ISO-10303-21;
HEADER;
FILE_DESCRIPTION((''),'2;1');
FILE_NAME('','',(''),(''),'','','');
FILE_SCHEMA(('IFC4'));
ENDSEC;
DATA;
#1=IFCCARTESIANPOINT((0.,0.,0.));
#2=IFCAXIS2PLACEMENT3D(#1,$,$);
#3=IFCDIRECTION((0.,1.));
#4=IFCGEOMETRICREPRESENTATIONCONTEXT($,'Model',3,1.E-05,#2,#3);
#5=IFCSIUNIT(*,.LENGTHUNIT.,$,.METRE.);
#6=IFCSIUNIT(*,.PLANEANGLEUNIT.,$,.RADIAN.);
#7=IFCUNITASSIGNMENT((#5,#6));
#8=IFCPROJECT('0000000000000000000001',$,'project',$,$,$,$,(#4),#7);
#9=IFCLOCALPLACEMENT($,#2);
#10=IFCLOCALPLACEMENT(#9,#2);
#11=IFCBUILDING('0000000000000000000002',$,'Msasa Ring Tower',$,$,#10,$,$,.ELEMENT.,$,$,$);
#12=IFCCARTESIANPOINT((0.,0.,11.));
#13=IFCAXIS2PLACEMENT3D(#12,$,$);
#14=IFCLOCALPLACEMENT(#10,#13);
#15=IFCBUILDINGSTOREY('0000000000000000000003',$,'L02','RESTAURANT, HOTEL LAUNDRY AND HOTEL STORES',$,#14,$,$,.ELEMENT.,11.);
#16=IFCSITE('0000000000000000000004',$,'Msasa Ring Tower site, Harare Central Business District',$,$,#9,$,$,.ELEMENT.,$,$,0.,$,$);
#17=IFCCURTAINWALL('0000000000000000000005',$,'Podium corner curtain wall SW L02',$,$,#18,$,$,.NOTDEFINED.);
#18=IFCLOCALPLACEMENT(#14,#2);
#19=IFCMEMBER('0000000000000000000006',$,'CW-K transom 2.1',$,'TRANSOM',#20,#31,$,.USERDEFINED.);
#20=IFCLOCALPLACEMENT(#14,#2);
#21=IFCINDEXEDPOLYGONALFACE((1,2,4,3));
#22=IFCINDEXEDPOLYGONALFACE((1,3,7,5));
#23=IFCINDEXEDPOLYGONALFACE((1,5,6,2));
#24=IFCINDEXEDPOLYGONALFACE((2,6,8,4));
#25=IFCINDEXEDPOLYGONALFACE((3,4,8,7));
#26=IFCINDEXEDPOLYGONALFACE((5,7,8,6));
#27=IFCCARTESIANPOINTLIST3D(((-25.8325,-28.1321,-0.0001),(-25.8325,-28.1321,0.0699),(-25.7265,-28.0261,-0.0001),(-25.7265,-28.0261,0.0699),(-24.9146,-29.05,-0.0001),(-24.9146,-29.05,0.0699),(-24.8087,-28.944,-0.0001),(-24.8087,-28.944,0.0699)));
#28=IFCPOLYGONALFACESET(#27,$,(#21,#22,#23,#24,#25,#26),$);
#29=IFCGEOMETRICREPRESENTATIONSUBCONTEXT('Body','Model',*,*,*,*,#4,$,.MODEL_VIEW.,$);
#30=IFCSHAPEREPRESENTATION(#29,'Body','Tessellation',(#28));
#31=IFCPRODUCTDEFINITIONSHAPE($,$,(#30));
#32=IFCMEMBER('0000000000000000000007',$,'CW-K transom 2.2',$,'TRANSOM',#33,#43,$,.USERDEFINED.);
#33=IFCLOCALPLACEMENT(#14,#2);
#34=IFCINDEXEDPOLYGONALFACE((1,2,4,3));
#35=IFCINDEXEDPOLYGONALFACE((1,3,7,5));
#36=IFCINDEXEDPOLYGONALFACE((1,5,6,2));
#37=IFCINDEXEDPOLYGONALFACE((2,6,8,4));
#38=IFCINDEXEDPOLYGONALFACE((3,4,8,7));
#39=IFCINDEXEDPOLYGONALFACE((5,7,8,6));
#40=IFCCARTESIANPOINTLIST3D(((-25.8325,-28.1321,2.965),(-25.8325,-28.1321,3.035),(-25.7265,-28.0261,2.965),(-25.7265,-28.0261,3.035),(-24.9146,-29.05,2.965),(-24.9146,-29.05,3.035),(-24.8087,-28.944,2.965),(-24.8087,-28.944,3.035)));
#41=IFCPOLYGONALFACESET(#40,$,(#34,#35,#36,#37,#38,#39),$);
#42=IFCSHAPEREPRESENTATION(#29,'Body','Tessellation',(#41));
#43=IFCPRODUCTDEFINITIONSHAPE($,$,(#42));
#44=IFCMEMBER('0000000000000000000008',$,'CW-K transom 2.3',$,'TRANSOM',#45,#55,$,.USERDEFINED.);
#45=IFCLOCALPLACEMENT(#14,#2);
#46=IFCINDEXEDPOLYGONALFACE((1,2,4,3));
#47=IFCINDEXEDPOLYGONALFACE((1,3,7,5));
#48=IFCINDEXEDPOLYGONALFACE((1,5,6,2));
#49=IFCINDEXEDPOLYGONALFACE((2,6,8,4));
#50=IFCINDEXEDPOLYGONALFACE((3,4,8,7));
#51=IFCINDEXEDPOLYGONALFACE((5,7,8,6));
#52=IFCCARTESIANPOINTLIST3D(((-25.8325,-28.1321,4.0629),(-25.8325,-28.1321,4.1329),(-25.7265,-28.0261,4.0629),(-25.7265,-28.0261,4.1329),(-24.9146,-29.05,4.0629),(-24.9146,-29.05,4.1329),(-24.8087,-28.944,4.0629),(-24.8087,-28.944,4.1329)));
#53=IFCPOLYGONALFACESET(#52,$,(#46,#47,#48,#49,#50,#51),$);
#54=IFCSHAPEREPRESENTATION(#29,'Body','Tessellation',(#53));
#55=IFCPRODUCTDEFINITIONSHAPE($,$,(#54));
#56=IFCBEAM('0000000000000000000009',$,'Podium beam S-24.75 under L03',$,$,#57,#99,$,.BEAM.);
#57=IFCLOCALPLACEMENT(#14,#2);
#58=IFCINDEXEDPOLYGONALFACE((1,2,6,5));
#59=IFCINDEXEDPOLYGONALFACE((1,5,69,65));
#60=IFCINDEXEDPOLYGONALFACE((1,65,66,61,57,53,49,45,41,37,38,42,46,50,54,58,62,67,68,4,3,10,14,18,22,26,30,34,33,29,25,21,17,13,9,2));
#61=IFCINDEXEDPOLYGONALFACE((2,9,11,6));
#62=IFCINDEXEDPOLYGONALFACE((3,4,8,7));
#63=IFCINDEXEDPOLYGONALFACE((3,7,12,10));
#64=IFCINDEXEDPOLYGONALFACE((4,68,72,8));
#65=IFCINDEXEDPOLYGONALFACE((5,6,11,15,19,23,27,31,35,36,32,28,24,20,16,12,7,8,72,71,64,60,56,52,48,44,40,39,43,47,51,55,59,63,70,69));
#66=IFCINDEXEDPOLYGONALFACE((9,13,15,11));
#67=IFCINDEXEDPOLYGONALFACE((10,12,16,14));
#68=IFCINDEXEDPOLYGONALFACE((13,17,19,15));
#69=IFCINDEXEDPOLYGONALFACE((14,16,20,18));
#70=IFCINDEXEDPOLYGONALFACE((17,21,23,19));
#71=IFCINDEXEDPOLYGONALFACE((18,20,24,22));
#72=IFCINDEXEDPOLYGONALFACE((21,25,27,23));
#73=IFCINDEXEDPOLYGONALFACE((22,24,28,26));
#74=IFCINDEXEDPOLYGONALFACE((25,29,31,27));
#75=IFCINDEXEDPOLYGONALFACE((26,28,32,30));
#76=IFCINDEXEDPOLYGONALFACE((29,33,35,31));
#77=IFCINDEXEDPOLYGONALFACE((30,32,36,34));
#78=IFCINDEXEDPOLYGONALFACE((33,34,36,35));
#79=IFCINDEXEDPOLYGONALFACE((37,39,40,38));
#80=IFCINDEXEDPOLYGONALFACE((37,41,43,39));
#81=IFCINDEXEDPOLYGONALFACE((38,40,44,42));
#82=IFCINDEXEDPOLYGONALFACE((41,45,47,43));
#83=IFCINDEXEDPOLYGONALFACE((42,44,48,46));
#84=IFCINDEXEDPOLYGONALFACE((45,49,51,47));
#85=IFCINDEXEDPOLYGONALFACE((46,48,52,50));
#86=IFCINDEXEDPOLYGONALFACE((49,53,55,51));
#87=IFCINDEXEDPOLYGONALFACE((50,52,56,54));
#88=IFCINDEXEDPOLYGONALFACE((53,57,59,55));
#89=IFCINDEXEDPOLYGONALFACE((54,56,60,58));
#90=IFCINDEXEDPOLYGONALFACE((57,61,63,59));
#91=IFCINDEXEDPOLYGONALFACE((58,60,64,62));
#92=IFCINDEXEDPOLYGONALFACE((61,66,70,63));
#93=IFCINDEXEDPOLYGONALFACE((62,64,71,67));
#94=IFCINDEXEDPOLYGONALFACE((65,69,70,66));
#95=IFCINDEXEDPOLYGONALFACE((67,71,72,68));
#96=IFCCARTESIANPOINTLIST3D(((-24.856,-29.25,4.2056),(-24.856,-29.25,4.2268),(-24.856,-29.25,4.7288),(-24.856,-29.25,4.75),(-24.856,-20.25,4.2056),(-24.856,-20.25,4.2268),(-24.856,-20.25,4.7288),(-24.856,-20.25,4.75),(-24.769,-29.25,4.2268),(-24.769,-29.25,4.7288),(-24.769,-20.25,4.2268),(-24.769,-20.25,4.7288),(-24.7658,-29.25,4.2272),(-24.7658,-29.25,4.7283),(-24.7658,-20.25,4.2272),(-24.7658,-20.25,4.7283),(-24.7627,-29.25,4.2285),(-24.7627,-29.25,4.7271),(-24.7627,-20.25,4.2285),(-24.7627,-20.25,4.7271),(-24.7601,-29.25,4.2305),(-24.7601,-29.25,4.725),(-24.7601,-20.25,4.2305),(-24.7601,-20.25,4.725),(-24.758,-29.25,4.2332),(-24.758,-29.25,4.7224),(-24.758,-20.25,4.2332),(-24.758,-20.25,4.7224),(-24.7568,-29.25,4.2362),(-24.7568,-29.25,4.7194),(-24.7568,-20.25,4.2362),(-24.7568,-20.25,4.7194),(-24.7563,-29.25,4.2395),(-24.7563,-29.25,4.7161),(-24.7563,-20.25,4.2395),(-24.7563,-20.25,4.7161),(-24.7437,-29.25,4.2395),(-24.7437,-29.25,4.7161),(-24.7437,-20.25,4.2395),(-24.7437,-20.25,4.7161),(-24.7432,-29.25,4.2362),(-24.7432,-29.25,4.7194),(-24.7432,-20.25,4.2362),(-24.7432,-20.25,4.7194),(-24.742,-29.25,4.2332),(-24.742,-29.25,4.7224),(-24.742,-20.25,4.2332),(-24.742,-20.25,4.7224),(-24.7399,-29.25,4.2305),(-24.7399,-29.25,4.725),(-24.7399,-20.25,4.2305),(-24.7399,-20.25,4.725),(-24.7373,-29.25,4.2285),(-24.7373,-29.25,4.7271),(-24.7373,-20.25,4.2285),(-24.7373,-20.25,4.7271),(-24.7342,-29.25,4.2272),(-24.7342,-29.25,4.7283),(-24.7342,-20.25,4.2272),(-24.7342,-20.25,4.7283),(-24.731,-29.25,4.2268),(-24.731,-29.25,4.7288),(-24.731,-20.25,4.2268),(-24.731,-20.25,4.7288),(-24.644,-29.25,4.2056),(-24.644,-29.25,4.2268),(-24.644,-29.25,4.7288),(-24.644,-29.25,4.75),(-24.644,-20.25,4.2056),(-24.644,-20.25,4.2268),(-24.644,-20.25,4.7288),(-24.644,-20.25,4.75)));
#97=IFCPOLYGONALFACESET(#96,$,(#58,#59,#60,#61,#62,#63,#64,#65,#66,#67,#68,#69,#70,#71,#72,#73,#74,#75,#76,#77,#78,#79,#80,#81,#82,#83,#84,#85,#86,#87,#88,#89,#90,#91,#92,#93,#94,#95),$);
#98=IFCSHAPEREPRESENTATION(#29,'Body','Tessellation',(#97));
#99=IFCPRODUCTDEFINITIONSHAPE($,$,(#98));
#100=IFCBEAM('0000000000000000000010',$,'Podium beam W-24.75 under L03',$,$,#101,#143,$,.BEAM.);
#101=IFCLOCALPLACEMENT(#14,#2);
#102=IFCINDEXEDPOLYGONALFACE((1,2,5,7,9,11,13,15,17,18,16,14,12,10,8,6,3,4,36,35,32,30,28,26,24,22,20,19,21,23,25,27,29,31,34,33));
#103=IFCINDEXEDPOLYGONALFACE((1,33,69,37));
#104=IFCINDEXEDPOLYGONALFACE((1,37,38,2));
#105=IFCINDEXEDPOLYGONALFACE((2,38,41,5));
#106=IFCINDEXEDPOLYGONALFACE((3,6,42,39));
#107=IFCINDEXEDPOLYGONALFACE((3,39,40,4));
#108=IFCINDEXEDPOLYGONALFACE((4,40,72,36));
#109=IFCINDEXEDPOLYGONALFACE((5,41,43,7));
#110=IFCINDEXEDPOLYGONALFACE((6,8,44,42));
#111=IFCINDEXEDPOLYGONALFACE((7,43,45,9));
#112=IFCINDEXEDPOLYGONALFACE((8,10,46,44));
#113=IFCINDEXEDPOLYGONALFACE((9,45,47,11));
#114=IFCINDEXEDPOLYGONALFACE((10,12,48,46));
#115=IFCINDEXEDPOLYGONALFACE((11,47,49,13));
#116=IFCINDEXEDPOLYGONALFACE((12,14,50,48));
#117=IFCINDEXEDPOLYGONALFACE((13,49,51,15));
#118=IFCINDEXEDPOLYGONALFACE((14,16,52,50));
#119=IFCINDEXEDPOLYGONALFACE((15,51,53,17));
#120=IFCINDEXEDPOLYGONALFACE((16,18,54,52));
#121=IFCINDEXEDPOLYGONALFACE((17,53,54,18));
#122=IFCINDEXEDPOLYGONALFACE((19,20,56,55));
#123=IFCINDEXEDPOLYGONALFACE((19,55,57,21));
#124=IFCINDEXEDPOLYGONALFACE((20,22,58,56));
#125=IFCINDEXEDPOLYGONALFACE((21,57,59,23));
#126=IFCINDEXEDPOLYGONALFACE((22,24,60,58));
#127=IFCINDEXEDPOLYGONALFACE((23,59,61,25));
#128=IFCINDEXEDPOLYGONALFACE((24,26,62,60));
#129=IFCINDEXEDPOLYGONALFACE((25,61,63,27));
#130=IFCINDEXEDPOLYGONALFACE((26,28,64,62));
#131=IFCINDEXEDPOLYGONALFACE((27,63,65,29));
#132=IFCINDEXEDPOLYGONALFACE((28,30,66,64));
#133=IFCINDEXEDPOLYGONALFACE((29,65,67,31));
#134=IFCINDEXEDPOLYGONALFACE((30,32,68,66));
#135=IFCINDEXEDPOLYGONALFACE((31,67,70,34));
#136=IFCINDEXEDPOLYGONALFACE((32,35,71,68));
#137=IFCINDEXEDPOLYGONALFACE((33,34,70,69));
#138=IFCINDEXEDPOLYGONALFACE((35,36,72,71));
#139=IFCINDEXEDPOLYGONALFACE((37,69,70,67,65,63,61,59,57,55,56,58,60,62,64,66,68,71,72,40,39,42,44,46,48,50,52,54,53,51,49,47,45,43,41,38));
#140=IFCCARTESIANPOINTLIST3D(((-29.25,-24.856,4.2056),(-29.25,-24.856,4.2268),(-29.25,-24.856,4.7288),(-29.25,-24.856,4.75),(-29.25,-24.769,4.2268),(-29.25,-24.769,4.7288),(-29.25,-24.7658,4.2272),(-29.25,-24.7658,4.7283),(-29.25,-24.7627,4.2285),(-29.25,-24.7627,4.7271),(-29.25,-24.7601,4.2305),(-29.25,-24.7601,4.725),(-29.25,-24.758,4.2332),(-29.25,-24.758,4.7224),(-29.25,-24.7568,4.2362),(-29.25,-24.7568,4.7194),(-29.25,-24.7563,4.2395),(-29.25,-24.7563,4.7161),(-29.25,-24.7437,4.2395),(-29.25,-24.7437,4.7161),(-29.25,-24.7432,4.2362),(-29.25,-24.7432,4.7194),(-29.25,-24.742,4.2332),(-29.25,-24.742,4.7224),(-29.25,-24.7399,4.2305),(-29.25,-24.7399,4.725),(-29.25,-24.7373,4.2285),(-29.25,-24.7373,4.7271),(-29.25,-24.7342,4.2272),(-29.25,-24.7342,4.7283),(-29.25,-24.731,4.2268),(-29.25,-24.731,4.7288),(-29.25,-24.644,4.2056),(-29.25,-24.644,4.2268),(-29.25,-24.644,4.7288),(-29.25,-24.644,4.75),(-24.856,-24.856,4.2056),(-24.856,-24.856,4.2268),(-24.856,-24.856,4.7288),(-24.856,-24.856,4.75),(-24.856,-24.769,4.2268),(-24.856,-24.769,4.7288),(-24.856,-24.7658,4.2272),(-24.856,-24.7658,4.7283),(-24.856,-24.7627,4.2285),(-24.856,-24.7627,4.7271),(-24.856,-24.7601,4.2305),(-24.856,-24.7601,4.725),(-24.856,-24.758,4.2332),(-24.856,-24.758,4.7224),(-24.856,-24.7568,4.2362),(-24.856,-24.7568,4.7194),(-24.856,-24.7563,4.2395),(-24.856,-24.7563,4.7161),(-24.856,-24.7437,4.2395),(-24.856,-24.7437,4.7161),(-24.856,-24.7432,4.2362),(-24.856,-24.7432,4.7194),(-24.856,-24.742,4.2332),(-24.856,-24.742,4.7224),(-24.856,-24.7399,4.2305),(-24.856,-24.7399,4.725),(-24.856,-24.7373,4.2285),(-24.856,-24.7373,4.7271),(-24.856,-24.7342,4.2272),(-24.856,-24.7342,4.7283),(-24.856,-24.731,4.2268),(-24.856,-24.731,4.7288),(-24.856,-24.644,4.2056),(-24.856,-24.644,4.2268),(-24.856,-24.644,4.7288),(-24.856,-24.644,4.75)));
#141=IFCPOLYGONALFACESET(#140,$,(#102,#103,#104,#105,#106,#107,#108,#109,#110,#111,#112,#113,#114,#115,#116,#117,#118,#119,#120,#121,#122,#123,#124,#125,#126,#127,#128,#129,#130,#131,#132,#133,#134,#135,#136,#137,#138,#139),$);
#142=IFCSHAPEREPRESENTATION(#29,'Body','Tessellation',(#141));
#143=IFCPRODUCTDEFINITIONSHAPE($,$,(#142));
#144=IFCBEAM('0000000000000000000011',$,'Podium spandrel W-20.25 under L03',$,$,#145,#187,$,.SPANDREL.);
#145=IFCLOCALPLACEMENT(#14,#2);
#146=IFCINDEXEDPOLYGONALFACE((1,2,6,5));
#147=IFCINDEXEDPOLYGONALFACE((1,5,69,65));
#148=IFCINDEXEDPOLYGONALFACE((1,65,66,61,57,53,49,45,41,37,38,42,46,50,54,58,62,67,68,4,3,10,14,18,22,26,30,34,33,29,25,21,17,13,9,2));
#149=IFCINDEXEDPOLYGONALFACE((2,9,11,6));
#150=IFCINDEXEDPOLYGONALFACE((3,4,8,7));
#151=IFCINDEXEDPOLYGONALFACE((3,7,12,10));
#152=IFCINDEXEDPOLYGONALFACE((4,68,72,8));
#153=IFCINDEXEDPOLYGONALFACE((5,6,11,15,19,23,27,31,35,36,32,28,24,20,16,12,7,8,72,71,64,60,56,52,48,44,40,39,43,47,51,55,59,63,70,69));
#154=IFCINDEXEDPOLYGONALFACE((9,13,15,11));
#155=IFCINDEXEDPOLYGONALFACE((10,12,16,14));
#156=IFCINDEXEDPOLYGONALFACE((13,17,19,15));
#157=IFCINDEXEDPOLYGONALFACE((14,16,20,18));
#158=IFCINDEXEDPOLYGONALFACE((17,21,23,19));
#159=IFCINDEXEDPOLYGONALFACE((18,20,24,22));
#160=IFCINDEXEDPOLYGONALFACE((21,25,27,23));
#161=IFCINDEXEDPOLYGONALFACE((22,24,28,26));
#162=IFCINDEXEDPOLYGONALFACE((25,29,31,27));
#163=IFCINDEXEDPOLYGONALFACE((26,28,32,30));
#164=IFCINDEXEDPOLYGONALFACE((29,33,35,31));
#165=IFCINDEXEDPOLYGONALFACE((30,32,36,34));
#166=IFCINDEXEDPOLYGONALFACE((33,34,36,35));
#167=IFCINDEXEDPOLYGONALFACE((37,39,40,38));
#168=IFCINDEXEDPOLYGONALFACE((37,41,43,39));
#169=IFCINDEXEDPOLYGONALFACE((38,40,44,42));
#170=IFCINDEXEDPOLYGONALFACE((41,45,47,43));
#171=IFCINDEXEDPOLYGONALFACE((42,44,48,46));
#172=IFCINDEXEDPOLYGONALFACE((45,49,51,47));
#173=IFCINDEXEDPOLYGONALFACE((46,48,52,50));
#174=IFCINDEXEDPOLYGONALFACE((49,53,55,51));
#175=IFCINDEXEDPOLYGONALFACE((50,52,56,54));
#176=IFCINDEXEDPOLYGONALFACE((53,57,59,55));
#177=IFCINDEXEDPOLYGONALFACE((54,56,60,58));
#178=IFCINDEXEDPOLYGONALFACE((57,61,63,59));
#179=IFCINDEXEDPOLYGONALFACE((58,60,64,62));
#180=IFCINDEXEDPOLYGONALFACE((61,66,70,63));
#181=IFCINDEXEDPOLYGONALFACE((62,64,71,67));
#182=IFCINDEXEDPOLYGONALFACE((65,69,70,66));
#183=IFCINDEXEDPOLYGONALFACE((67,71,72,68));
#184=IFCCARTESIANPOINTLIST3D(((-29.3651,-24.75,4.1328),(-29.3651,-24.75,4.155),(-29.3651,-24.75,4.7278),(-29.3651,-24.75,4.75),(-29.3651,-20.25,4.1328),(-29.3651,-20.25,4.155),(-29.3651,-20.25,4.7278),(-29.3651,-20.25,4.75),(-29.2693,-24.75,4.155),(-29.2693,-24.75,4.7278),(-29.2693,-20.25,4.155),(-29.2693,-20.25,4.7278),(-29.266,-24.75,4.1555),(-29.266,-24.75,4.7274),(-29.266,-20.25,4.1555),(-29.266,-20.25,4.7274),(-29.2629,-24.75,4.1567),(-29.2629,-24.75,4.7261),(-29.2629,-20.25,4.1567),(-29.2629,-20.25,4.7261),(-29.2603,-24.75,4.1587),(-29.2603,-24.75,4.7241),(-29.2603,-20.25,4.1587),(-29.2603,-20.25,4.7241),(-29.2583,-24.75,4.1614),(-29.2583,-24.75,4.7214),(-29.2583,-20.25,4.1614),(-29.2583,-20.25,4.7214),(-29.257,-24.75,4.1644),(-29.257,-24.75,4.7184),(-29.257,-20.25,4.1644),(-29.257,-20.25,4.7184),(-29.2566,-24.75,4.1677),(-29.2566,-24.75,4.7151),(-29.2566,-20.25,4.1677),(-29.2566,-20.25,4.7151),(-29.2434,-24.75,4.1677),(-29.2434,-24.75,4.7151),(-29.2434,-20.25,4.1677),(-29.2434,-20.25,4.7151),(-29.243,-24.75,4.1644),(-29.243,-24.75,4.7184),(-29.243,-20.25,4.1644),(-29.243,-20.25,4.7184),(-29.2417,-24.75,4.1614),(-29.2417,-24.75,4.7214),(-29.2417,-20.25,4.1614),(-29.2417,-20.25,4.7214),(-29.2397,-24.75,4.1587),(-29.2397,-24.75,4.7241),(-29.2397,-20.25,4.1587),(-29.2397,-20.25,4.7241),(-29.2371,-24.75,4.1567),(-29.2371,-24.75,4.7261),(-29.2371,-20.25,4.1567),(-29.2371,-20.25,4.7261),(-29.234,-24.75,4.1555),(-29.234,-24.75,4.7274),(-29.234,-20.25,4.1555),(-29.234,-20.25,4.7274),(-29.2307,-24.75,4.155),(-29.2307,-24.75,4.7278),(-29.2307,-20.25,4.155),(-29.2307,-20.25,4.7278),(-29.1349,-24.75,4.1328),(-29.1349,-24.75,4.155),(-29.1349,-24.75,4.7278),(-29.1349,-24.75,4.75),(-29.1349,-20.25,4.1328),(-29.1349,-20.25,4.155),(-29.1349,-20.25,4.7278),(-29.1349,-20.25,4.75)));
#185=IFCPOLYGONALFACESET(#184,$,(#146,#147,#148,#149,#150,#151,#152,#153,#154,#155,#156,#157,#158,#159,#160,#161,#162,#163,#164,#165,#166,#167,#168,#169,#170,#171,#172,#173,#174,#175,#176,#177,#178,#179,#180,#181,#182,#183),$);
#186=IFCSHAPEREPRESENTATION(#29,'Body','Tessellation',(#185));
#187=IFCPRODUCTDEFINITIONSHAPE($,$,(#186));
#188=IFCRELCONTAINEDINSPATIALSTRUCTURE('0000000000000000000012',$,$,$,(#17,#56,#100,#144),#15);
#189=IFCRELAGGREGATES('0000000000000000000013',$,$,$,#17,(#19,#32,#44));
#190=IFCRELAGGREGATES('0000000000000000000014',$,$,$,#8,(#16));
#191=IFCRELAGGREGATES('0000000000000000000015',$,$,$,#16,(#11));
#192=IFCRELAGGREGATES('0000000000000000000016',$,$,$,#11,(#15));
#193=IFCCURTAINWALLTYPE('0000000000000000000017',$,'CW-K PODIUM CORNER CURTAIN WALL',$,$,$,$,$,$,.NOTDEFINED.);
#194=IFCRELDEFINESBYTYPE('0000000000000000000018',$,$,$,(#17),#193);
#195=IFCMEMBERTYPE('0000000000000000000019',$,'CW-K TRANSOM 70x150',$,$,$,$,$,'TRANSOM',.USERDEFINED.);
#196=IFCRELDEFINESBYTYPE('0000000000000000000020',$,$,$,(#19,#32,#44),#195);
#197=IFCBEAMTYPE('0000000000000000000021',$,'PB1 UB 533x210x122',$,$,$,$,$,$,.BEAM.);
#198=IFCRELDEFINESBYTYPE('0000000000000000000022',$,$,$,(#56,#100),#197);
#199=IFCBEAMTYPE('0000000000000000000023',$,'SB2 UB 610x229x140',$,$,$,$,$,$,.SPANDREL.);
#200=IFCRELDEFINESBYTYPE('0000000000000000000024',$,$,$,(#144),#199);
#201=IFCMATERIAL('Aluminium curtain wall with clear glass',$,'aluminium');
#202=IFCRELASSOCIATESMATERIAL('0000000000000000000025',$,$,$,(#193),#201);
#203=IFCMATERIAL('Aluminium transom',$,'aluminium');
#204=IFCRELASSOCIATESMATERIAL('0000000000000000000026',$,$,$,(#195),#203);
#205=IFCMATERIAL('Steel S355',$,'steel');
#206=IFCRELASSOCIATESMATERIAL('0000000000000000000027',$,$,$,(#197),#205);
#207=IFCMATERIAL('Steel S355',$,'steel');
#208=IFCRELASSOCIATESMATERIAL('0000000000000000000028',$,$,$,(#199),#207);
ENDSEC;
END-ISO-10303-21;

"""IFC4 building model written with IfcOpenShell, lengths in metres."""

from ifc_helpers import new_model, si_unit, direction, frame, origin, origin_2d, place, context, subcontext, project, spatial, rectangle, i_section, extrude, material, material_profile, profile_set, type_object, element, aggregate, save


model = new_model("IFC4")

# Units and contexts
model_context = context("Model", 3, precision=1e-05, world=origin(), true_north=direction((0.0, 1.0)))
body_context = subcontext(model_context, "Body", "Model", "MODEL_VIEW")
ifc_project = project(units=[si_unit("LENGTHUNIT", "METRE"), si_unit("PLANEANGLEUNIT", "RADIAN")], contexts=[model_context])

# Site, building, storey
site_placement = place(None, origin())
site = spatial("IfcSite", under=ifc_project, at=site_placement, Name="Msasa Ring Tower site, Harare Central Business District", CompositionType="ELEMENT", RefElevation=0.0)
building_placement = place(site_placement, origin())
building = spatial("IfcBuilding", under=site, at=building_placement, Name="Msasa Ring Tower", CompositionType="ELEMENT")
storey_placement = place(building_placement, frame((0.0, 0.0, 11.0)))
storey = spatial("IfcBuildingStorey", under=building, at=storey_placement, Name="L02", Description="RESTAURANT, HOTEL LAUNDRY AND HOTEL STORES", CompositionType="ELEMENT", Elevation=11.0)

# Curtain wall
ifc_material_1 = material(Name="Aluminium curtain wall with clear glass", Category="aluminium")
curtain_wall_type = type_object("IfcCurtainWallType", Name="CW-K PODIUM CORNER CURTAIN WALL", PredefinedType="NOTDEFINED", material=ifc_material_1)
curtain_wall_1_placement = place(storey_placement, origin())
curtain_wall_1 = element("IfcCurtainWall", 1, at=curtain_wall_1_placement, inside=storey, type_object=curtain_wall_type, Name="Podium corner curtain wall SW L02", PredefinedType="NOTDEFINED")

# Members
ifc_material_2 = material(Name="Aluminium transom", Category="aluminium")
ifc_material_profile_1 = material_profile(ifc_material_2, rectangle(XDim=0.1499, YDim=0.0701, at=origin_2d()), Name="AL 70x150")
ifc_profile_set_1 = profile_set([ifc_material_profile_1], Name="Aluminium transom")
member_type_1 = type_object("IfcMemberType", Name="CW-K TRANSOM 70x150", ElementType="TRANSOM", PredefinedType="USERDEFINED", material=ifc_profile_set_1)
member_1_placement = place(storey_placement, frame((-25.7795, -28.0791, 0.0349), z_axis=(0.707107, -0.707107, 0.0), x_axis=(0.707107, 0.707107, 0.0)))
member_1 = element("IfcMember", 2, at=member_1_placement, type_object=member_type_1, Name="CW-K transom 2.1", ObjectType="TRANSOM", PredefinedType="USERDEFINED", context=body_context, shape_type="SweptSolid", body=[
    extrude(rectangle(XDim=0.1499, YDim=0.0701, at=origin_2d()), origin(), (0.0, 0.0, 1.0), 1.2981),
])
member_2_placement = place(storey_placement, frame((-25.7795, -28.0791, 3.0), z_axis=(0.707107, -0.707107, 0.0), x_axis=(0.707107, 0.707107, 0.0)))
member_2 = element("IfcMember", 3, at=member_2_placement, type_object=member_type_1, Name="CW-K transom 2.2", ObjectType="TRANSOM", PredefinedType="USERDEFINED", context=body_context, shape_type="SweptSolid", body=[
    extrude(rectangle(XDim=0.1499, YDim=0.0701, at=origin_2d()), origin(), (0.0, 0.0, 1.0), 1.2981),
])
member_3_placement = place(storey_placement, frame((-25.7795, -28.0791, 4.0979), z_axis=(0.707107, -0.707107, 0.0), x_axis=(0.707107, 0.707107, 0.0)))
member_3 = element("IfcMember", 4, at=member_3_placement, type_object=member_type_1, Name="CW-K transom 2.3", ObjectType="TRANSOM", PredefinedType="USERDEFINED", context=body_context, shape_type="SweptSolid", body=[
    extrude(rectangle(XDim=0.1499, YDim=0.0701, at=origin_2d()), origin(), (0.0, 0.0, 1.0), 1.2981),
])

# Beams
ifc_material_3 = material(Name="Steel S355", Category="steel")
ifc_material_profile_2 = material_profile(ifc_material_3, i_section(OverallWidth=0.2119, OverallDepth=0.5444, WebThickness=0.0127, FlangeThickness=0.0212, FilletRadius=0.0127, at=origin_2d()), Name="UB 533x210x122")
ifc_profile_set_2 = profile_set([ifc_material_profile_2], Name="Steel S355")
beam_type_1 = type_object("IfcBeamType", Name="PB1 UB 533x210x122", PredefinedType="BEAM", material=ifc_profile_set_2)
beam_1_placement = place(storey_placement, frame((-24.75, -29.25, 4.4778), z_axis=(0.0, 1.0, 0.0), x_axis=(-1.0, 0.0, 0.0)))
element("IfcBeam", 5, at=beam_1_placement, inside=storey, type_object=beam_type_1, Name="Podium beam S-24.75 under L03", PredefinedType="BEAM", context=body_context, shape_type="SweptSolid", body=[
    extrude(i_section(OverallWidth=0.2119, OverallDepth=0.5444, WebThickness=0.0127, FlangeThickness=0.0212, FilletRadius=0.0127, at=origin_2d()), origin(), (0.0, 0.0, 1.0), 9.0),
])
beam_2_placement = place(storey_placement, frame((-29.25, -24.75, 4.4778), z_axis=(1.0, 0.0, 0.0), x_axis=(0.0, 1.0, 0.0)))
element("IfcBeam", 6, at=beam_2_placement, inside=storey, type_object=beam_type_1, Name="Podium beam W-24.75 under L03", PredefinedType="BEAM", context=body_context, shape_type="SweptSolid", body=[
    extrude(i_section(OverallWidth=0.2119, OverallDepth=0.5444, WebThickness=0.0127, FlangeThickness=0.0212, FilletRadius=0.0127, at=origin_2d()), origin(), (0.0, 0.0, 1.0), 4.394),
])
ifc_material_4 = material(Name="Steel S355", Category="steel")
ifc_material_profile_3 = material_profile(ifc_material_4, i_section(OverallWidth=0.2302, OverallDepth=0.6172, WebThickness=0.0132, FlangeThickness=0.0222, FilletRadius=0.0127, at=origin_2d()), Name="UB 610x229x140")
ifc_profile_set_3 = profile_set([ifc_material_profile_3], Name="Steel S355")
beam_type_2 = type_object("IfcBeamType", Name="SB2 UB 610x229x140", PredefinedType="SPANDREL", material=ifc_profile_set_3)
beam_3_placement = place(storey_placement, frame((-29.25, -20.25, 4.4414), z_axis=(0.0, -1.0, 0.0), x_axis=(1.0, 0.0, 0.0)))
element("IfcBeam", 7, at=beam_3_placement, inside=storey, type_object=beam_type_2, Name="Podium spandrel W-20.25 under L03", PredefinedType="SPANDREL", context=body_context, shape_type="SweptSolid", body=[
    extrude(i_section(OverallWidth=0.2302, OverallDepth=0.6172, WebThickness=0.0132, FlangeThickness=0.0222, FilletRadius=0.0127, at=origin_2d()), origin(), (0.0, 0.0, 1.0), 4.5),
])

aggregate(curtain_wall_1, [member_1, member_2, member_3])

save(model, "model.ifc")
